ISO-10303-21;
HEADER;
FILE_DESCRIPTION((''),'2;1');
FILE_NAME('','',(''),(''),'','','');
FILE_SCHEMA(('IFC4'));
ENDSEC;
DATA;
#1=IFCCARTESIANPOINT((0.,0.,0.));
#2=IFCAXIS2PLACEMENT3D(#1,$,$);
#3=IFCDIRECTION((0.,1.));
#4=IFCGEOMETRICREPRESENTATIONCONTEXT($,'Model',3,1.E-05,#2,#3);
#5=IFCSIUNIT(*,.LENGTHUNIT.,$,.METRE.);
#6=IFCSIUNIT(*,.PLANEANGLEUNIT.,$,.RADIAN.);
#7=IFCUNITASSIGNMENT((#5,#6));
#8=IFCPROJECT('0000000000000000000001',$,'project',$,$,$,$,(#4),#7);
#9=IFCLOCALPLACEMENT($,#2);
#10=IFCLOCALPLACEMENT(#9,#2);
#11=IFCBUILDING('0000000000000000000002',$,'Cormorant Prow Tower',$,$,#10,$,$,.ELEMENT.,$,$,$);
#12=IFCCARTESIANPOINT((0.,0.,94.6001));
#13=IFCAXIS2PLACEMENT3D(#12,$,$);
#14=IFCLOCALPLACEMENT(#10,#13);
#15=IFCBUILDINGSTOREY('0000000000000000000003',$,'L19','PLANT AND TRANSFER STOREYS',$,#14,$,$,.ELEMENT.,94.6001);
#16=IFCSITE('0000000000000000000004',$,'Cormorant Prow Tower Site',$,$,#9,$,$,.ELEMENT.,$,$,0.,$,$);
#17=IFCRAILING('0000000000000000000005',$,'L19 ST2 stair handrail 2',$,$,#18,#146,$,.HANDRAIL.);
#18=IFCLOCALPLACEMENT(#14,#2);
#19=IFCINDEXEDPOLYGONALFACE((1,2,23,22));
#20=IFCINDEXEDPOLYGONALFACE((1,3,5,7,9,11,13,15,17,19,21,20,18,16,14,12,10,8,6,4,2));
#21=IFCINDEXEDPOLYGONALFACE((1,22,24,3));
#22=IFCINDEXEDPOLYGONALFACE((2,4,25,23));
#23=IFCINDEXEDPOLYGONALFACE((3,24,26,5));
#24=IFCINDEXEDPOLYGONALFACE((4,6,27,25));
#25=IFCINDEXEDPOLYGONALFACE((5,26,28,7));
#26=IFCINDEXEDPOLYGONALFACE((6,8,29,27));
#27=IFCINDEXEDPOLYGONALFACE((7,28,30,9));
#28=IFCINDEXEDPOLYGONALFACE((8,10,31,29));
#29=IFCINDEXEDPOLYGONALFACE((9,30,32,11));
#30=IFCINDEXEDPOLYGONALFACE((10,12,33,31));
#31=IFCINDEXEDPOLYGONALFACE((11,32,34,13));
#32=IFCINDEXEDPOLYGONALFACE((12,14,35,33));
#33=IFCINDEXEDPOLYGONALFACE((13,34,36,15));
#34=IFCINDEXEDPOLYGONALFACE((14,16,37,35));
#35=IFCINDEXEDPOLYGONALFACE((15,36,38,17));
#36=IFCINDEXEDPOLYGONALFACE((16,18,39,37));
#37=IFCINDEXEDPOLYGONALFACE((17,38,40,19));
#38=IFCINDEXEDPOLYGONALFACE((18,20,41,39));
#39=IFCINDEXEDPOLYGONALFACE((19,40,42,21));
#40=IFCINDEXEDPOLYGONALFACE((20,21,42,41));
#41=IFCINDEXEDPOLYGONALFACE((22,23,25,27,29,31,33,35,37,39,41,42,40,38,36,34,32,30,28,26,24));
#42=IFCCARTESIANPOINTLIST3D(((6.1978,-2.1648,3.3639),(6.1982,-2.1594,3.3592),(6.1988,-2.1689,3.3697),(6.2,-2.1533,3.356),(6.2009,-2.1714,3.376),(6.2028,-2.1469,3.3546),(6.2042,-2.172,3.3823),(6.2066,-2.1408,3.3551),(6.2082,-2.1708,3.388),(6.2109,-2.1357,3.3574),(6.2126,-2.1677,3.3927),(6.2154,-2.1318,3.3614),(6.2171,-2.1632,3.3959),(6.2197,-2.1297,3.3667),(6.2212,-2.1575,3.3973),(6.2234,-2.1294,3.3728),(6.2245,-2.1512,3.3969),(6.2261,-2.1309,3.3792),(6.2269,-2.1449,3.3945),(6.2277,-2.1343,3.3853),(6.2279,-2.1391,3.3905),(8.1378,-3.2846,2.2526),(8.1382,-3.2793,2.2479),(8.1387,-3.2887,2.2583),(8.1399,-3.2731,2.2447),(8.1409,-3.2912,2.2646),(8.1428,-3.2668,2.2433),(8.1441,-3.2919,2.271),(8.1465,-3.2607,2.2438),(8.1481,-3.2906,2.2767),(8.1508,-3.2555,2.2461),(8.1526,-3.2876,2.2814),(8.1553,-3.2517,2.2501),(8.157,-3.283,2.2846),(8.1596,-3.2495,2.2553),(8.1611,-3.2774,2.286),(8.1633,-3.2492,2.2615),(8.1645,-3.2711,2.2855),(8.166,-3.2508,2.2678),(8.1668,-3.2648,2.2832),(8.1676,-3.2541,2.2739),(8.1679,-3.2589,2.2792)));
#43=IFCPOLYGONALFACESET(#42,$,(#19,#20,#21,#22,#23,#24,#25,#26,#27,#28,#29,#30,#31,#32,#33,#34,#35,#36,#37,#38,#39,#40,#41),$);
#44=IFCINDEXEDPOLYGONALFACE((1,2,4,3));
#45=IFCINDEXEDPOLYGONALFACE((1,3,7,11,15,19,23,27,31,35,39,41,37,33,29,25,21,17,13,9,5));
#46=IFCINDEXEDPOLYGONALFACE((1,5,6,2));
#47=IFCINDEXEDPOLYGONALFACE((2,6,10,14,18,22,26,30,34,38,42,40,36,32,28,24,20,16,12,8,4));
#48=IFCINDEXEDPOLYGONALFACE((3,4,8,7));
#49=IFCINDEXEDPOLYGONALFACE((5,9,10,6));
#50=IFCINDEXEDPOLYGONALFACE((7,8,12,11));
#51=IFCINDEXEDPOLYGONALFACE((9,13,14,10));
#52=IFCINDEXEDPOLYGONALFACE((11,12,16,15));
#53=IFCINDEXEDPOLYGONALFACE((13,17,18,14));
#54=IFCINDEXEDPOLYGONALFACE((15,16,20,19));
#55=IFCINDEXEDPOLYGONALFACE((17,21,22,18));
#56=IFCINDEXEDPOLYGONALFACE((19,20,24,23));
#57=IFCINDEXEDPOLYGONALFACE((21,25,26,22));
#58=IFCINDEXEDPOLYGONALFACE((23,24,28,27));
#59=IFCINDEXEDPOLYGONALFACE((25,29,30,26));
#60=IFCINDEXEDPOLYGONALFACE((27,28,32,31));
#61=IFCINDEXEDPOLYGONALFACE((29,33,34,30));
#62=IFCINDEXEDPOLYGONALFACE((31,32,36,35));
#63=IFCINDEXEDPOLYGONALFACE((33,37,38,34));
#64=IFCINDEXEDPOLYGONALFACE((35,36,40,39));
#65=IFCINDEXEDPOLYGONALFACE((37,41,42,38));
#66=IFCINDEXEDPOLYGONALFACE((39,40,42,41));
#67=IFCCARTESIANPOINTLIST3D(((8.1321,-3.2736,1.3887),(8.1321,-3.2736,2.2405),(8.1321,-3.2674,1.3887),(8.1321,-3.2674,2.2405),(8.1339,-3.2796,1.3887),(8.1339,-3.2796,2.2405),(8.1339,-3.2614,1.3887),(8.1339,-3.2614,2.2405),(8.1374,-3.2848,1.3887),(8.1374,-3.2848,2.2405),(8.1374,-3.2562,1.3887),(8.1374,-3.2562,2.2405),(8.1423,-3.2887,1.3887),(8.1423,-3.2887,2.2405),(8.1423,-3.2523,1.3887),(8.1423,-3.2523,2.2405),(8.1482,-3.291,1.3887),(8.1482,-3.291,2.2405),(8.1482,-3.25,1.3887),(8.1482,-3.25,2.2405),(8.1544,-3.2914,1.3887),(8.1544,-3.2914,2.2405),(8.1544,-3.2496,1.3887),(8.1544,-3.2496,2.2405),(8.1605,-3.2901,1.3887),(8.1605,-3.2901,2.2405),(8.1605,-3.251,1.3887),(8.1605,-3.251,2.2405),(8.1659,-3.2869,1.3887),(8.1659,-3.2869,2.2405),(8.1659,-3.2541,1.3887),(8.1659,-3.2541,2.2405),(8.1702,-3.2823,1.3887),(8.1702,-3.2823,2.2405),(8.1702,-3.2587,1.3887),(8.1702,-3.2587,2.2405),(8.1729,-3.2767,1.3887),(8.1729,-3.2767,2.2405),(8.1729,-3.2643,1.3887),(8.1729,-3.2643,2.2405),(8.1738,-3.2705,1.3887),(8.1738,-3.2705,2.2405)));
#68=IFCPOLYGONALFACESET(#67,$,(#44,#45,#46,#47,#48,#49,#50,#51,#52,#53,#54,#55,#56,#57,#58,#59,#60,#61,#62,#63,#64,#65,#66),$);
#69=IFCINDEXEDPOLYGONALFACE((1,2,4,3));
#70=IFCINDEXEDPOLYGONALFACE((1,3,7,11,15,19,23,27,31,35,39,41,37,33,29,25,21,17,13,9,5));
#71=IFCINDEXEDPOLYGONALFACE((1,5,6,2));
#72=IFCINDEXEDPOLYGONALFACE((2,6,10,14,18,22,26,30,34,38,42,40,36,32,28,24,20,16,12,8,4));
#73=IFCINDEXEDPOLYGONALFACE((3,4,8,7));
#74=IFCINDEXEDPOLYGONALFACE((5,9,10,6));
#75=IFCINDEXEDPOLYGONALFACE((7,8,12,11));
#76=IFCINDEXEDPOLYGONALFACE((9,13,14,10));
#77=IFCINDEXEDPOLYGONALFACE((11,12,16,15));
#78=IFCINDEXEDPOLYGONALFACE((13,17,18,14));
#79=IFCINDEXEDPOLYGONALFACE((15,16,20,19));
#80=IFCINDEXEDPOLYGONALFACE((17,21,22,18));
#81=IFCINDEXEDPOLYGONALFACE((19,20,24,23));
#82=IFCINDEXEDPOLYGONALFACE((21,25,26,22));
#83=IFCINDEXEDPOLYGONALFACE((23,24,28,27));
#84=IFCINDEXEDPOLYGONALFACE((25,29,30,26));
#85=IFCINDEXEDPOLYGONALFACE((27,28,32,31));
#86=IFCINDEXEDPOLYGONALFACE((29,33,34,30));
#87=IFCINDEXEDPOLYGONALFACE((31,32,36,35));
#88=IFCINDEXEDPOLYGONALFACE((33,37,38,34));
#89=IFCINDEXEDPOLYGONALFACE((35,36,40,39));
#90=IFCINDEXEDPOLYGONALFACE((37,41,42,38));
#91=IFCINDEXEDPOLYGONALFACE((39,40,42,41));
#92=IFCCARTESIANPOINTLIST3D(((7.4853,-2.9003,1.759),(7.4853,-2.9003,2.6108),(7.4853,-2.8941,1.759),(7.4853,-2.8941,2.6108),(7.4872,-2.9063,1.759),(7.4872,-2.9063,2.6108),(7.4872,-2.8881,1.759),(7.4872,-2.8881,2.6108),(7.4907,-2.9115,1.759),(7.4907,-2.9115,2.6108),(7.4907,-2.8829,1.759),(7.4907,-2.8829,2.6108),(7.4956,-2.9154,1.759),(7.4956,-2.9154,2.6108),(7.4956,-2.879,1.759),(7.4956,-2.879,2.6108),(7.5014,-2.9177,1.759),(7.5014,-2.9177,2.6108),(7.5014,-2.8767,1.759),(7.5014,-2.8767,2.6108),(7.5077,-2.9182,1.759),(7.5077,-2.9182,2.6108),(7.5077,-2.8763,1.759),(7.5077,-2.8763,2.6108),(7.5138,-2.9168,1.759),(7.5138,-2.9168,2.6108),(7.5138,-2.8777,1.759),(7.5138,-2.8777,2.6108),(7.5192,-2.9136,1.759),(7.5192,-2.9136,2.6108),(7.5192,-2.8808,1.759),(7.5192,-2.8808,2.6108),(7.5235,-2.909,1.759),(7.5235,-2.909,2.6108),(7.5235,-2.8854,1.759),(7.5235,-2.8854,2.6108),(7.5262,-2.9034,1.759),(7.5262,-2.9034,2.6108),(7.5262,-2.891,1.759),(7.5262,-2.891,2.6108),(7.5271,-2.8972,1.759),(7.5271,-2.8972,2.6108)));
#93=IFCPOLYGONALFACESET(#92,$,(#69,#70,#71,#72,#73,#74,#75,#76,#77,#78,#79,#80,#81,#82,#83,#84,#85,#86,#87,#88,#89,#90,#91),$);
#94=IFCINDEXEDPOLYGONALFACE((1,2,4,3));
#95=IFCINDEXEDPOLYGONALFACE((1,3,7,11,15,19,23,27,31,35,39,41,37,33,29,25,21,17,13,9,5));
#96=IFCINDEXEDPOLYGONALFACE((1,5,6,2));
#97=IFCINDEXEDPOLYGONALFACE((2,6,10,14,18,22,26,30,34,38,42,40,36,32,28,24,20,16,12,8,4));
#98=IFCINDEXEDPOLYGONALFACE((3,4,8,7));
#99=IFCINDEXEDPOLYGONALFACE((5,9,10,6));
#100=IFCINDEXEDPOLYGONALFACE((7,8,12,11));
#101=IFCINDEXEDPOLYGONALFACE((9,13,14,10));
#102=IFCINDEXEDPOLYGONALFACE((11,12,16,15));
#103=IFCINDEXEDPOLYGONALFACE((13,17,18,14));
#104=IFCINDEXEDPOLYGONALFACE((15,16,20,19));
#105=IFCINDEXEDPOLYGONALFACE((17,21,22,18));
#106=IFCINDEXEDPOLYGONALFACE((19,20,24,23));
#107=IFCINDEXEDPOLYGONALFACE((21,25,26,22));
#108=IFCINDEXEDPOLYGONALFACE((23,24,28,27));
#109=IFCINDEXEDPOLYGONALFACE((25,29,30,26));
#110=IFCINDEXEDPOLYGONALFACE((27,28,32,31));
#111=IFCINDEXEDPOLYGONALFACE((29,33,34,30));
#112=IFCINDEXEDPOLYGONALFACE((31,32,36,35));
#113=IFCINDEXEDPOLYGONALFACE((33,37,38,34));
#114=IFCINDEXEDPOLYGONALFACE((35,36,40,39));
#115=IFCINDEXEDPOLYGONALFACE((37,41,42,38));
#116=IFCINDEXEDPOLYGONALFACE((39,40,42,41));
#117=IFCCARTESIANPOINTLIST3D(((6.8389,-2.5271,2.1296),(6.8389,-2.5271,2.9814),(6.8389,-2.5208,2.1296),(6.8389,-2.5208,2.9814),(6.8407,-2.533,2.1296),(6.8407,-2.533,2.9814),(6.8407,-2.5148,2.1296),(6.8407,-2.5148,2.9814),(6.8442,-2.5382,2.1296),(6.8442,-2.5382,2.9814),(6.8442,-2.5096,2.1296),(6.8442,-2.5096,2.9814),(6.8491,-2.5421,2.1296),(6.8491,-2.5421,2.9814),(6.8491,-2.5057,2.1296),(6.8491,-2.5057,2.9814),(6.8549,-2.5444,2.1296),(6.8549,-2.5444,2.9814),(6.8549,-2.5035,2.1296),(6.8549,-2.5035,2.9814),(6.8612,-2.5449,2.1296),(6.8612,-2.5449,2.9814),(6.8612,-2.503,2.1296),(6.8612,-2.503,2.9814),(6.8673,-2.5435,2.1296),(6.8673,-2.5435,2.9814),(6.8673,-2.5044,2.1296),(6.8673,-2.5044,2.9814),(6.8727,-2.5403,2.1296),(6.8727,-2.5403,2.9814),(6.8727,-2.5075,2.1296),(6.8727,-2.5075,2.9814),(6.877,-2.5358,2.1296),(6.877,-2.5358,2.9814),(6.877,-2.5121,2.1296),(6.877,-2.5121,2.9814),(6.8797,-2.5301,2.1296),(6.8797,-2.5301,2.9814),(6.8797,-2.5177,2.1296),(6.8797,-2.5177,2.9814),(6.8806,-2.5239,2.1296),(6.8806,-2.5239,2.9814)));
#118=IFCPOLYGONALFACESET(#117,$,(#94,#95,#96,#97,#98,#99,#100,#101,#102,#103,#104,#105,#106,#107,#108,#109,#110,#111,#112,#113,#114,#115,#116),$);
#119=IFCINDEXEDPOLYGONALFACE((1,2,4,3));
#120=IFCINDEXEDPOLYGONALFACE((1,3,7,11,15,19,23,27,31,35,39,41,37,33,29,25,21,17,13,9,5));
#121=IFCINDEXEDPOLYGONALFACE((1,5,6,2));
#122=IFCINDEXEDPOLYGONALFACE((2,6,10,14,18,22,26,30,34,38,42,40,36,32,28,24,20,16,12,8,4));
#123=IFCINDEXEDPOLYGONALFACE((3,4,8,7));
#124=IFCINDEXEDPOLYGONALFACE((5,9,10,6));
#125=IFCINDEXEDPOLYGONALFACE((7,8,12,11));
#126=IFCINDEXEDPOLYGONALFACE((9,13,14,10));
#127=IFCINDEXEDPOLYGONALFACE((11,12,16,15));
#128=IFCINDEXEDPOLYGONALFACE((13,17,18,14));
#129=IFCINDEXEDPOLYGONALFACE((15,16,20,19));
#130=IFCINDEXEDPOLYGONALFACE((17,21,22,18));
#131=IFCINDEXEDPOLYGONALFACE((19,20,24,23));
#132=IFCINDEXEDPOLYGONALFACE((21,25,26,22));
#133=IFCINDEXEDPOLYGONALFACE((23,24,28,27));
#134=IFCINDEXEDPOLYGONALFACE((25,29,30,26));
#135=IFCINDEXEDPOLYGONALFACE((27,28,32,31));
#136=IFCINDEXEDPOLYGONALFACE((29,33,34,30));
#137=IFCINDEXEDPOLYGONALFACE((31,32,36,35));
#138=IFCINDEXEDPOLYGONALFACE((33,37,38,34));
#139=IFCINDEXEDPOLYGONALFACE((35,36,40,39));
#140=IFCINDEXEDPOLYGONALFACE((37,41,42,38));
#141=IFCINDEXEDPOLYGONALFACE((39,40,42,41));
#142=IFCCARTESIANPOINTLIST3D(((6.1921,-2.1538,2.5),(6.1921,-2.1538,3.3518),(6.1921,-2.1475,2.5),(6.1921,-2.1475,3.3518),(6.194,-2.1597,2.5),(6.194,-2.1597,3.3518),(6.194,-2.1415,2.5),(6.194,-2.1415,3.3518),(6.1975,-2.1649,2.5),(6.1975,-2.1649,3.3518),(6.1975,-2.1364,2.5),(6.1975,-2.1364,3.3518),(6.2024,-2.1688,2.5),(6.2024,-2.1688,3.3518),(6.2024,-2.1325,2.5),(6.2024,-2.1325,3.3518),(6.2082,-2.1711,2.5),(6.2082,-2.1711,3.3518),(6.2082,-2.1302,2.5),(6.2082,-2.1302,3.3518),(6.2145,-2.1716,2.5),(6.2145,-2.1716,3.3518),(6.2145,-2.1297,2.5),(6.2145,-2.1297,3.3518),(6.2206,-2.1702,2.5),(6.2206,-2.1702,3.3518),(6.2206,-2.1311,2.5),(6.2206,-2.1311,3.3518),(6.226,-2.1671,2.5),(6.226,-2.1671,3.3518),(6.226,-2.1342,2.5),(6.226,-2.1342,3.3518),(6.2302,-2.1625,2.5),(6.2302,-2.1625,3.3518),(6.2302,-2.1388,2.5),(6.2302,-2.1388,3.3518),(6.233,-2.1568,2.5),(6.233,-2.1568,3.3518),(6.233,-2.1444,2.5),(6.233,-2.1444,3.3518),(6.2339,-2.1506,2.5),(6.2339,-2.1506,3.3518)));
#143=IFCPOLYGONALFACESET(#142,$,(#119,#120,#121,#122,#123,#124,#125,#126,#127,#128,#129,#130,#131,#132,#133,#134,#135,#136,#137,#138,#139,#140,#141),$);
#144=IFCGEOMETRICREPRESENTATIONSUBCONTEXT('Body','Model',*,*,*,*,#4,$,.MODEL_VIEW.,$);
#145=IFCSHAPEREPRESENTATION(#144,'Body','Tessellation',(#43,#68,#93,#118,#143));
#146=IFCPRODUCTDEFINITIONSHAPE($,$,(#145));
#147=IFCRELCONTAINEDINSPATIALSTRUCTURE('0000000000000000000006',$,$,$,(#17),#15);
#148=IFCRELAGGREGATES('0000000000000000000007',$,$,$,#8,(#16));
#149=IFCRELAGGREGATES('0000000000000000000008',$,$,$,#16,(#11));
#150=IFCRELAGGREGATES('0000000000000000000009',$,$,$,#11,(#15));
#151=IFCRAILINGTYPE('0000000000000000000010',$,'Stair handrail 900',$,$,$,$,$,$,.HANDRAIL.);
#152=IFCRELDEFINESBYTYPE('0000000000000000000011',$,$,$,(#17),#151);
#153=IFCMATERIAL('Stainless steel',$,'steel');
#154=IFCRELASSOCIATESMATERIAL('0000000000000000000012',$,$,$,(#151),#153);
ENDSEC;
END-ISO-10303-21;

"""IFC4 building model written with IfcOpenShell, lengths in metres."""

from ifc_helpers import new_model, si_unit, direction, frame, origin, origin_2d, place, context, subcontext, project, spatial, circle, extrude, material, type_object, element, save


model = new_model("IFC4")

# Units and contexts
model_context = context("Model", 3, precision=1e-05, world=origin(), true_north=direction((0.0, 1.0)))
body_context = subcontext(model_context, "Body", "Model", "MODEL_VIEW")
ifc_project = project(units=[si_unit("LENGTHUNIT", "METRE"), si_unit("PLANEANGLEUNIT", "RADIAN")], contexts=[model_context])

# Site, building, storey
site_placement = place(None, origin())
site = spatial("IfcSite", under=ifc_project, at=site_placement, Name="Cormorant Prow Tower Site", CompositionType="ELEMENT", RefElevation=0.0)
building_placement = place(site_placement, origin())
building = spatial("IfcBuilding", under=site, at=building_placement, Name="Cormorant Prow Tower", CompositionType="ELEMENT")
storey_placement = place(building_placement, frame((0.0, 0.0, 94.6001)))
storey = spatial("IfcBuildingStorey", under=building, at=storey_placement, Name="L19", Description="PLANT AND TRANSFER STOREYS", CompositionType="ELEMENT", Elevation=94.6001)

# Railing
ifc_material_1 = material(Name="Stainless steel", Category="steel")
railing_type = type_object("IfcRailingType", Name="Stair handrail 900", PredefinedType="HANDRAIL", material=ifc_material_1)
for number, where, name in (
    (1, (8.1528, -3.2705, 1.3887), "L19 ST2 stair handrail 2"),
):
    element("IfcRailing", number, at=place(storey_placement, frame(where)), inside=storey, type_object=railing_type, Name=name, PredefinedType="HANDRAIL", context=body_context, shape_type="SweptSolid", body=[
        extrude(circle(Radius=0.0239, at=origin_2d()), frame((0.0, 0.0, 0.876), z_axis=(-0.775819, 0.447858, 0.444441), x_axis=(-0.499949, -0.866055, 0.0)), (0.0, 0.0, 1.0), 2.5005),
        extrude(circle(Radius=0.021, at=origin_2d()), origin(), (0.0, 0.0, 1.0), 0.8518),
        extrude(circle(Radius=0.021, at=origin_2d()), frame((-0.6467, 0.3733, 0.3704)), (0.0, 0.0, 1.0), 0.8518),
        extrude(circle(Radius=0.021, at=origin_2d()), frame((-1.2932, 0.7466, 0.741)), (0.0, 0.0, 1.0), 0.8518),
        extrude(circle(Radius=0.021, at=origin_2d()), frame((-1.9399, 1.1199, 1.1113)), (0.0, 0.0, 1.0), 0.8518),
    ])

save(model, "model.ifc")
